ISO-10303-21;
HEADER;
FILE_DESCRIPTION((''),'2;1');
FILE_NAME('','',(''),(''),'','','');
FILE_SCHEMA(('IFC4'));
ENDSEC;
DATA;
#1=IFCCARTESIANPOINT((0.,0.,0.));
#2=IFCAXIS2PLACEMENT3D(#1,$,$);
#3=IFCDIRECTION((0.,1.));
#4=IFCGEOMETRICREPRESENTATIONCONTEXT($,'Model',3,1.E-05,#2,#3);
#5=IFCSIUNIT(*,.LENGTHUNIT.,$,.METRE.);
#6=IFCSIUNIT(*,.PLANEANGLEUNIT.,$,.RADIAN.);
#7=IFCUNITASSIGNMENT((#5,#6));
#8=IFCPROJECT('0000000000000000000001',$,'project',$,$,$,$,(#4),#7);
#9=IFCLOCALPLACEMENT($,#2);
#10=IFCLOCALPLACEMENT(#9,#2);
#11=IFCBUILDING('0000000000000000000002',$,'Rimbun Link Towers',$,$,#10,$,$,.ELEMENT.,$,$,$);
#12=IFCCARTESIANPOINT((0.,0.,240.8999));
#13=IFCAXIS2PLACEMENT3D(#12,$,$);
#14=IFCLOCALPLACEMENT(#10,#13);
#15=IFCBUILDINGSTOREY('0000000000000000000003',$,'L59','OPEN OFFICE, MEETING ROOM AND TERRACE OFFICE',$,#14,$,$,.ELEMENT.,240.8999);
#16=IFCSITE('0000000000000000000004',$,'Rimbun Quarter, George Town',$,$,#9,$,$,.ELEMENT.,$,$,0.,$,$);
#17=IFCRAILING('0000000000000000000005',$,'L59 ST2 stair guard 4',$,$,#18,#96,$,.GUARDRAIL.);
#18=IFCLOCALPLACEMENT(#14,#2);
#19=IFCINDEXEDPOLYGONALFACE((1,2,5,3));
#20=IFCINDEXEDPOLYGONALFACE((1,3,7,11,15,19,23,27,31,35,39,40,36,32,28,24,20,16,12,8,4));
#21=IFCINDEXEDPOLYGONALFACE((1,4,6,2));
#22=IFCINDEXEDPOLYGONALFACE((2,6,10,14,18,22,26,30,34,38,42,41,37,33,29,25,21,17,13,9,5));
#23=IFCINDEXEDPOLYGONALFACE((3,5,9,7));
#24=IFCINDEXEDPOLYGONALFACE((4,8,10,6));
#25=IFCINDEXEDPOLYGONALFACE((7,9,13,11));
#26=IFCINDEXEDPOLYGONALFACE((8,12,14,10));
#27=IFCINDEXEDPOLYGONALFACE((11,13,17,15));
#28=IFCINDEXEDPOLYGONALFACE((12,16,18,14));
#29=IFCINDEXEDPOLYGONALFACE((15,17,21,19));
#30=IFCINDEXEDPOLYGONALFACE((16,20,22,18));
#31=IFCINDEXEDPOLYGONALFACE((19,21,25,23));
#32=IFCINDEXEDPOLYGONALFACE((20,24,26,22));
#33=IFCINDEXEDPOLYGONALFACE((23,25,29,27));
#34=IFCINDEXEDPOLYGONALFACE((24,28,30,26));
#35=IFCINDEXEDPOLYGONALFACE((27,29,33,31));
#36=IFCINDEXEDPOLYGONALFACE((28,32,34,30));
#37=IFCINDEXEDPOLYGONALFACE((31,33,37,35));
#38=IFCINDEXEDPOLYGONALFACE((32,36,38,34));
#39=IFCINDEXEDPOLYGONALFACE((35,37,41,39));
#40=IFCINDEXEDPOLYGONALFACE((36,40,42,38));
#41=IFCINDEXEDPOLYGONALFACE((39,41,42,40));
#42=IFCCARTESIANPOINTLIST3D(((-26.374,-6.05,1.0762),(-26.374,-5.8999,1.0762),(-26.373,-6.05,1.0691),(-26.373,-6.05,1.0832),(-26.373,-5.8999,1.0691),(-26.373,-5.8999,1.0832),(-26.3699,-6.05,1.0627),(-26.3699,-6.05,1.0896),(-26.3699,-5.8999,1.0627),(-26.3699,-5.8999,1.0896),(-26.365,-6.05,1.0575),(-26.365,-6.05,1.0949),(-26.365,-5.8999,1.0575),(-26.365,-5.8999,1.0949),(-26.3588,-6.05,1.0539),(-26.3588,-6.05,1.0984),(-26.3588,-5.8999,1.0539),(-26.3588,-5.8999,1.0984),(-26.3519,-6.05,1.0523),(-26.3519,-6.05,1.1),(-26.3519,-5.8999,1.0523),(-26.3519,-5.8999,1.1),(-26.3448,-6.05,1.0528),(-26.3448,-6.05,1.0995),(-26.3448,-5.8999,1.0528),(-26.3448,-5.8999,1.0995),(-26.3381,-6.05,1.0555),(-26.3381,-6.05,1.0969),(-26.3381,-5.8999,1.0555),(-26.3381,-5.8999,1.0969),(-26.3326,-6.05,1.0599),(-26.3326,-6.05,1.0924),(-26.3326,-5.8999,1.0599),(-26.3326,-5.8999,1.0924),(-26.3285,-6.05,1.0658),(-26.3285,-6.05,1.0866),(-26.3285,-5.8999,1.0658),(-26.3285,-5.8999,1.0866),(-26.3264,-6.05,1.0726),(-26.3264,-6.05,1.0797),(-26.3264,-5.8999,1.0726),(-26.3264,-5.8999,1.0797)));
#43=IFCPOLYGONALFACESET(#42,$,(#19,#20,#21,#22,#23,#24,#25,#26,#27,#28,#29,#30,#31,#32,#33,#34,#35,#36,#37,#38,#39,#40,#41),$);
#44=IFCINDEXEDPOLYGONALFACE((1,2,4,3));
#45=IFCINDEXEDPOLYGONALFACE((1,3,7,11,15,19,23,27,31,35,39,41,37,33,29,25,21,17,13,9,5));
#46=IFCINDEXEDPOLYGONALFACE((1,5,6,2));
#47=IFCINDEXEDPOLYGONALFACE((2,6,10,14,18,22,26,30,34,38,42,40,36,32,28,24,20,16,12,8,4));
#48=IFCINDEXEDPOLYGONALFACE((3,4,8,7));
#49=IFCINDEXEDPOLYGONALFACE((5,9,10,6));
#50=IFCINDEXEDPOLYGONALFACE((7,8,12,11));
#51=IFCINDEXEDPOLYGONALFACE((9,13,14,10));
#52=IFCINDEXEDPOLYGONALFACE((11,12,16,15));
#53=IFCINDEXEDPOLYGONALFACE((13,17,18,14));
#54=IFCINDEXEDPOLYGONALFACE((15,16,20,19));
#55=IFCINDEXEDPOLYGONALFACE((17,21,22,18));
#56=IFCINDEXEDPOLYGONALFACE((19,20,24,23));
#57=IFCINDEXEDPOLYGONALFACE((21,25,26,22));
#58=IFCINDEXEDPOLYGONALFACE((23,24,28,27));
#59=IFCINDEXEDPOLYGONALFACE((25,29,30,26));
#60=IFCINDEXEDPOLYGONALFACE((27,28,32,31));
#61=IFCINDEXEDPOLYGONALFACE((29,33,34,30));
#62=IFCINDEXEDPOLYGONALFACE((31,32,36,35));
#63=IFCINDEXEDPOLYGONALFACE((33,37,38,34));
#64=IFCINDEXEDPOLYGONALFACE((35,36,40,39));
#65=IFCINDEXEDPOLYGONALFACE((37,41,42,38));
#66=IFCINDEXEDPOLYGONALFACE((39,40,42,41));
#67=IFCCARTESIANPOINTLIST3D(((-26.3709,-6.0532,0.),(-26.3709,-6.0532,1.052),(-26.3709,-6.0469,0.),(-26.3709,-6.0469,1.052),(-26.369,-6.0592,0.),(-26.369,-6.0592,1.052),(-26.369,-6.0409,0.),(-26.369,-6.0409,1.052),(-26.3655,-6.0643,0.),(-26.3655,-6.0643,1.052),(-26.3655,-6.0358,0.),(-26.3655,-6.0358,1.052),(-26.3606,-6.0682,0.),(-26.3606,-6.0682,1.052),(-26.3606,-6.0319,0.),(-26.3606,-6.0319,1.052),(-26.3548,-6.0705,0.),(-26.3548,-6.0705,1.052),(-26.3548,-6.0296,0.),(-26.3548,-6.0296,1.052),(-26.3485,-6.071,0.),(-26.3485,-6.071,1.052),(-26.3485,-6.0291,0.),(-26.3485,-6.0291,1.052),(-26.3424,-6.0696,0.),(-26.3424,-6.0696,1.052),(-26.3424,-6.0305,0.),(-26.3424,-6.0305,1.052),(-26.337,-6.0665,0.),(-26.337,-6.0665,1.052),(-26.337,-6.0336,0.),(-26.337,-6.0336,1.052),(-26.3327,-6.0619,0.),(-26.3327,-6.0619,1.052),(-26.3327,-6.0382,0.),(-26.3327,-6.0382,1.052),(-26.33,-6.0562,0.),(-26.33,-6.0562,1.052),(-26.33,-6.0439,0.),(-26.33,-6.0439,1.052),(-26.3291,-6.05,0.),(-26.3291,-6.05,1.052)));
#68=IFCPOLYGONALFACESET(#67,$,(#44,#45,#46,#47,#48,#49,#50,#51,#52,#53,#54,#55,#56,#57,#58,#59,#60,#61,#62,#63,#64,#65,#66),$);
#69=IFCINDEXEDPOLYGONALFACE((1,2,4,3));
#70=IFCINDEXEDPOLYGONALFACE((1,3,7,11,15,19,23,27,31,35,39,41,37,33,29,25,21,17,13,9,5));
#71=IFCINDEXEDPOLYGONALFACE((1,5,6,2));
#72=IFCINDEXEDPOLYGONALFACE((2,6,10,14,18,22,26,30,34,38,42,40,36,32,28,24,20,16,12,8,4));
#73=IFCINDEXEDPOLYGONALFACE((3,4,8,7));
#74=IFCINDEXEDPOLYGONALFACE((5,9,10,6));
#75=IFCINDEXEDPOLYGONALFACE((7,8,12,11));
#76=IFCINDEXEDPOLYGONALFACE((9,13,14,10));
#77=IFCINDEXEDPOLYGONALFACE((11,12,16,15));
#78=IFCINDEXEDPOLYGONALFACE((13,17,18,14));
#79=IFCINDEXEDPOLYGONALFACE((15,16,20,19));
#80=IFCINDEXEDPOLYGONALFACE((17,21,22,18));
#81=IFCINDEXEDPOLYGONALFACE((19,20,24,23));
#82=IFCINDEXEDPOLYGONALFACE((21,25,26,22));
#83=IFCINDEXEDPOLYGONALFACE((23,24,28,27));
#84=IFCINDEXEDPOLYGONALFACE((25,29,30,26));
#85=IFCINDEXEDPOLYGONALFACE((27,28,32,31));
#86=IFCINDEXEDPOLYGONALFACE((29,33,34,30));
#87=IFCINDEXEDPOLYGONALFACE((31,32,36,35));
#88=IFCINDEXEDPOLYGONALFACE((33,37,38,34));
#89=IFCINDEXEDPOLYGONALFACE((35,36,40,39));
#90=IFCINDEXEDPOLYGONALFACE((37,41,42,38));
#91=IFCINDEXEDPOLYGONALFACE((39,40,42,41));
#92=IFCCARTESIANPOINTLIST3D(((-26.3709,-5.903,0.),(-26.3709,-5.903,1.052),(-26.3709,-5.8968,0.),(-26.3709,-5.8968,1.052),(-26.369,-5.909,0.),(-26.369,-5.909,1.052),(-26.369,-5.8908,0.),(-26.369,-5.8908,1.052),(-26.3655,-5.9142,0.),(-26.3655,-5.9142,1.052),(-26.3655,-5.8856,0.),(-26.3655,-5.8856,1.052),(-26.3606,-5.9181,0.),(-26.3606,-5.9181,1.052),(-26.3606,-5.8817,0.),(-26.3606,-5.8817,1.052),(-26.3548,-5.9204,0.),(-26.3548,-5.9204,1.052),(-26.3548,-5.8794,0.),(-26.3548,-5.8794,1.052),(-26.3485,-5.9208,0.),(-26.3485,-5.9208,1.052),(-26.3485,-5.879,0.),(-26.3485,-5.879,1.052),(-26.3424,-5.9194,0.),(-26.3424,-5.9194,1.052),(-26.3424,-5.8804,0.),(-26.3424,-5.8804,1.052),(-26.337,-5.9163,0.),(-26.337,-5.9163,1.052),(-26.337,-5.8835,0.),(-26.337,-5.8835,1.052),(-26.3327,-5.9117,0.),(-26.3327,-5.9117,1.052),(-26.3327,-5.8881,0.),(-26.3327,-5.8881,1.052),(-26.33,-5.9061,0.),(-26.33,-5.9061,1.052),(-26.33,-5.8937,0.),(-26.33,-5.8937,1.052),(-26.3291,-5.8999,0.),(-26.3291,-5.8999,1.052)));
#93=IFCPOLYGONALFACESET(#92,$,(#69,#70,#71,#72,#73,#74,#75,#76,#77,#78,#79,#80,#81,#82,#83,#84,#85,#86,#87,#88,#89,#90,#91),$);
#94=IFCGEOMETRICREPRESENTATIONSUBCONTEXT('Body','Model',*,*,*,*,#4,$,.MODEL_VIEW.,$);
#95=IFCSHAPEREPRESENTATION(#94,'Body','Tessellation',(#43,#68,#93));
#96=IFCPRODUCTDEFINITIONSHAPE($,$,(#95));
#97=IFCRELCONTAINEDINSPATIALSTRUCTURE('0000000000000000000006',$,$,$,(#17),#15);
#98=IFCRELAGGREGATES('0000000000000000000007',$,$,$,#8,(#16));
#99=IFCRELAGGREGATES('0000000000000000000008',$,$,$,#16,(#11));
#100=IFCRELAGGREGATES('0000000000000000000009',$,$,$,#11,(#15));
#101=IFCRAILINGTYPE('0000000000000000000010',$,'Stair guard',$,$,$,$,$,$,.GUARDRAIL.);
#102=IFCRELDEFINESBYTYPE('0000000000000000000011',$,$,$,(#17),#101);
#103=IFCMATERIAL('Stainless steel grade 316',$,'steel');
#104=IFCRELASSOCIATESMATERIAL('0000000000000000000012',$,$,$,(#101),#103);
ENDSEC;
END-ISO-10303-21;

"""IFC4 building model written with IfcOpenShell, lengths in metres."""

from ifc_helpers import new_model, si_unit, direction, frame, origin, origin_2d, place, context, subcontext, project, spatial, circle, extrude, material, type_object, element, save


model = new_model("IFC4")

# Units and contexts
model_context = context("Model", 3, precision=1e-05, world=origin(), true_north=direction((0.0, 1.0)))
body_context = subcontext(model_context, "Body", "Model", "MODEL_VIEW")
ifc_project = project(units=[si_unit("LENGTHUNIT", "METRE"), si_unit("PLANEANGLEUNIT", "RADIAN")], contexts=[model_context])

# Site, building, storey
site_placement = place(None, origin())
site = spatial("IfcSite", under=ifc_project, at=site_placement, Name="Rimbun Quarter, George Town", CompositionType="ELEMENT", RefElevation=0.0)
building_placement = place(site_placement, origin())
building = spatial("IfcBuilding", under=site, at=building_placement, Name="Rimbun Link Towers", CompositionType="ELEMENT")
storey_placement = place(building_placement, frame((0.0, 0.0, 240.8999)))
storey = spatial("IfcBuildingStorey", under=building, at=storey_placement, Name="L59", Description="OPEN OFFICE, MEETING ROOM AND TERRACE OFFICE", CompositionType="ELEMENT", Elevation=240.8999)

# Railing
ifc_material_1 = material(Name="Stainless steel grade 316", Category="steel")
railing_type_1 = type_object("IfcRailingType", Name="Stair guard", PredefinedType="GUARDRAIL", material=ifc_material_1)
railing_1_placement = place(storey_placement, frame((-26.3501, -6.05, 0.0)))
element("IfcRailing", 1, at=railing_1_placement, inside=storey, type_object=railing_type_1, Name="L59 ST2 stair guard 4", PredefinedType="GUARDRAIL", context=body_context, shape_type="SweptSolid", body=[
    extrude(circle(Radius=0.0239, at=origin_2d()), frame((0.0, 0.0, 1.0762), z_axis=(0.0, 1.0, 0.0), x_axis=(-1.0, 0.0, 0.0)), (0.0, 0.0, 1.0), 0.1501),
    extrude(circle(Radius=0.021, at=origin_2d()), origin(), (0.0, 0.0, 1.0), 1.052),
    extrude(circle(Radius=0.021, at=origin_2d()), frame((0.0, 0.1501, 0.0)), (0.0, 0.0, 1.0), 1.052),
])

save(model, "model.ifc")
